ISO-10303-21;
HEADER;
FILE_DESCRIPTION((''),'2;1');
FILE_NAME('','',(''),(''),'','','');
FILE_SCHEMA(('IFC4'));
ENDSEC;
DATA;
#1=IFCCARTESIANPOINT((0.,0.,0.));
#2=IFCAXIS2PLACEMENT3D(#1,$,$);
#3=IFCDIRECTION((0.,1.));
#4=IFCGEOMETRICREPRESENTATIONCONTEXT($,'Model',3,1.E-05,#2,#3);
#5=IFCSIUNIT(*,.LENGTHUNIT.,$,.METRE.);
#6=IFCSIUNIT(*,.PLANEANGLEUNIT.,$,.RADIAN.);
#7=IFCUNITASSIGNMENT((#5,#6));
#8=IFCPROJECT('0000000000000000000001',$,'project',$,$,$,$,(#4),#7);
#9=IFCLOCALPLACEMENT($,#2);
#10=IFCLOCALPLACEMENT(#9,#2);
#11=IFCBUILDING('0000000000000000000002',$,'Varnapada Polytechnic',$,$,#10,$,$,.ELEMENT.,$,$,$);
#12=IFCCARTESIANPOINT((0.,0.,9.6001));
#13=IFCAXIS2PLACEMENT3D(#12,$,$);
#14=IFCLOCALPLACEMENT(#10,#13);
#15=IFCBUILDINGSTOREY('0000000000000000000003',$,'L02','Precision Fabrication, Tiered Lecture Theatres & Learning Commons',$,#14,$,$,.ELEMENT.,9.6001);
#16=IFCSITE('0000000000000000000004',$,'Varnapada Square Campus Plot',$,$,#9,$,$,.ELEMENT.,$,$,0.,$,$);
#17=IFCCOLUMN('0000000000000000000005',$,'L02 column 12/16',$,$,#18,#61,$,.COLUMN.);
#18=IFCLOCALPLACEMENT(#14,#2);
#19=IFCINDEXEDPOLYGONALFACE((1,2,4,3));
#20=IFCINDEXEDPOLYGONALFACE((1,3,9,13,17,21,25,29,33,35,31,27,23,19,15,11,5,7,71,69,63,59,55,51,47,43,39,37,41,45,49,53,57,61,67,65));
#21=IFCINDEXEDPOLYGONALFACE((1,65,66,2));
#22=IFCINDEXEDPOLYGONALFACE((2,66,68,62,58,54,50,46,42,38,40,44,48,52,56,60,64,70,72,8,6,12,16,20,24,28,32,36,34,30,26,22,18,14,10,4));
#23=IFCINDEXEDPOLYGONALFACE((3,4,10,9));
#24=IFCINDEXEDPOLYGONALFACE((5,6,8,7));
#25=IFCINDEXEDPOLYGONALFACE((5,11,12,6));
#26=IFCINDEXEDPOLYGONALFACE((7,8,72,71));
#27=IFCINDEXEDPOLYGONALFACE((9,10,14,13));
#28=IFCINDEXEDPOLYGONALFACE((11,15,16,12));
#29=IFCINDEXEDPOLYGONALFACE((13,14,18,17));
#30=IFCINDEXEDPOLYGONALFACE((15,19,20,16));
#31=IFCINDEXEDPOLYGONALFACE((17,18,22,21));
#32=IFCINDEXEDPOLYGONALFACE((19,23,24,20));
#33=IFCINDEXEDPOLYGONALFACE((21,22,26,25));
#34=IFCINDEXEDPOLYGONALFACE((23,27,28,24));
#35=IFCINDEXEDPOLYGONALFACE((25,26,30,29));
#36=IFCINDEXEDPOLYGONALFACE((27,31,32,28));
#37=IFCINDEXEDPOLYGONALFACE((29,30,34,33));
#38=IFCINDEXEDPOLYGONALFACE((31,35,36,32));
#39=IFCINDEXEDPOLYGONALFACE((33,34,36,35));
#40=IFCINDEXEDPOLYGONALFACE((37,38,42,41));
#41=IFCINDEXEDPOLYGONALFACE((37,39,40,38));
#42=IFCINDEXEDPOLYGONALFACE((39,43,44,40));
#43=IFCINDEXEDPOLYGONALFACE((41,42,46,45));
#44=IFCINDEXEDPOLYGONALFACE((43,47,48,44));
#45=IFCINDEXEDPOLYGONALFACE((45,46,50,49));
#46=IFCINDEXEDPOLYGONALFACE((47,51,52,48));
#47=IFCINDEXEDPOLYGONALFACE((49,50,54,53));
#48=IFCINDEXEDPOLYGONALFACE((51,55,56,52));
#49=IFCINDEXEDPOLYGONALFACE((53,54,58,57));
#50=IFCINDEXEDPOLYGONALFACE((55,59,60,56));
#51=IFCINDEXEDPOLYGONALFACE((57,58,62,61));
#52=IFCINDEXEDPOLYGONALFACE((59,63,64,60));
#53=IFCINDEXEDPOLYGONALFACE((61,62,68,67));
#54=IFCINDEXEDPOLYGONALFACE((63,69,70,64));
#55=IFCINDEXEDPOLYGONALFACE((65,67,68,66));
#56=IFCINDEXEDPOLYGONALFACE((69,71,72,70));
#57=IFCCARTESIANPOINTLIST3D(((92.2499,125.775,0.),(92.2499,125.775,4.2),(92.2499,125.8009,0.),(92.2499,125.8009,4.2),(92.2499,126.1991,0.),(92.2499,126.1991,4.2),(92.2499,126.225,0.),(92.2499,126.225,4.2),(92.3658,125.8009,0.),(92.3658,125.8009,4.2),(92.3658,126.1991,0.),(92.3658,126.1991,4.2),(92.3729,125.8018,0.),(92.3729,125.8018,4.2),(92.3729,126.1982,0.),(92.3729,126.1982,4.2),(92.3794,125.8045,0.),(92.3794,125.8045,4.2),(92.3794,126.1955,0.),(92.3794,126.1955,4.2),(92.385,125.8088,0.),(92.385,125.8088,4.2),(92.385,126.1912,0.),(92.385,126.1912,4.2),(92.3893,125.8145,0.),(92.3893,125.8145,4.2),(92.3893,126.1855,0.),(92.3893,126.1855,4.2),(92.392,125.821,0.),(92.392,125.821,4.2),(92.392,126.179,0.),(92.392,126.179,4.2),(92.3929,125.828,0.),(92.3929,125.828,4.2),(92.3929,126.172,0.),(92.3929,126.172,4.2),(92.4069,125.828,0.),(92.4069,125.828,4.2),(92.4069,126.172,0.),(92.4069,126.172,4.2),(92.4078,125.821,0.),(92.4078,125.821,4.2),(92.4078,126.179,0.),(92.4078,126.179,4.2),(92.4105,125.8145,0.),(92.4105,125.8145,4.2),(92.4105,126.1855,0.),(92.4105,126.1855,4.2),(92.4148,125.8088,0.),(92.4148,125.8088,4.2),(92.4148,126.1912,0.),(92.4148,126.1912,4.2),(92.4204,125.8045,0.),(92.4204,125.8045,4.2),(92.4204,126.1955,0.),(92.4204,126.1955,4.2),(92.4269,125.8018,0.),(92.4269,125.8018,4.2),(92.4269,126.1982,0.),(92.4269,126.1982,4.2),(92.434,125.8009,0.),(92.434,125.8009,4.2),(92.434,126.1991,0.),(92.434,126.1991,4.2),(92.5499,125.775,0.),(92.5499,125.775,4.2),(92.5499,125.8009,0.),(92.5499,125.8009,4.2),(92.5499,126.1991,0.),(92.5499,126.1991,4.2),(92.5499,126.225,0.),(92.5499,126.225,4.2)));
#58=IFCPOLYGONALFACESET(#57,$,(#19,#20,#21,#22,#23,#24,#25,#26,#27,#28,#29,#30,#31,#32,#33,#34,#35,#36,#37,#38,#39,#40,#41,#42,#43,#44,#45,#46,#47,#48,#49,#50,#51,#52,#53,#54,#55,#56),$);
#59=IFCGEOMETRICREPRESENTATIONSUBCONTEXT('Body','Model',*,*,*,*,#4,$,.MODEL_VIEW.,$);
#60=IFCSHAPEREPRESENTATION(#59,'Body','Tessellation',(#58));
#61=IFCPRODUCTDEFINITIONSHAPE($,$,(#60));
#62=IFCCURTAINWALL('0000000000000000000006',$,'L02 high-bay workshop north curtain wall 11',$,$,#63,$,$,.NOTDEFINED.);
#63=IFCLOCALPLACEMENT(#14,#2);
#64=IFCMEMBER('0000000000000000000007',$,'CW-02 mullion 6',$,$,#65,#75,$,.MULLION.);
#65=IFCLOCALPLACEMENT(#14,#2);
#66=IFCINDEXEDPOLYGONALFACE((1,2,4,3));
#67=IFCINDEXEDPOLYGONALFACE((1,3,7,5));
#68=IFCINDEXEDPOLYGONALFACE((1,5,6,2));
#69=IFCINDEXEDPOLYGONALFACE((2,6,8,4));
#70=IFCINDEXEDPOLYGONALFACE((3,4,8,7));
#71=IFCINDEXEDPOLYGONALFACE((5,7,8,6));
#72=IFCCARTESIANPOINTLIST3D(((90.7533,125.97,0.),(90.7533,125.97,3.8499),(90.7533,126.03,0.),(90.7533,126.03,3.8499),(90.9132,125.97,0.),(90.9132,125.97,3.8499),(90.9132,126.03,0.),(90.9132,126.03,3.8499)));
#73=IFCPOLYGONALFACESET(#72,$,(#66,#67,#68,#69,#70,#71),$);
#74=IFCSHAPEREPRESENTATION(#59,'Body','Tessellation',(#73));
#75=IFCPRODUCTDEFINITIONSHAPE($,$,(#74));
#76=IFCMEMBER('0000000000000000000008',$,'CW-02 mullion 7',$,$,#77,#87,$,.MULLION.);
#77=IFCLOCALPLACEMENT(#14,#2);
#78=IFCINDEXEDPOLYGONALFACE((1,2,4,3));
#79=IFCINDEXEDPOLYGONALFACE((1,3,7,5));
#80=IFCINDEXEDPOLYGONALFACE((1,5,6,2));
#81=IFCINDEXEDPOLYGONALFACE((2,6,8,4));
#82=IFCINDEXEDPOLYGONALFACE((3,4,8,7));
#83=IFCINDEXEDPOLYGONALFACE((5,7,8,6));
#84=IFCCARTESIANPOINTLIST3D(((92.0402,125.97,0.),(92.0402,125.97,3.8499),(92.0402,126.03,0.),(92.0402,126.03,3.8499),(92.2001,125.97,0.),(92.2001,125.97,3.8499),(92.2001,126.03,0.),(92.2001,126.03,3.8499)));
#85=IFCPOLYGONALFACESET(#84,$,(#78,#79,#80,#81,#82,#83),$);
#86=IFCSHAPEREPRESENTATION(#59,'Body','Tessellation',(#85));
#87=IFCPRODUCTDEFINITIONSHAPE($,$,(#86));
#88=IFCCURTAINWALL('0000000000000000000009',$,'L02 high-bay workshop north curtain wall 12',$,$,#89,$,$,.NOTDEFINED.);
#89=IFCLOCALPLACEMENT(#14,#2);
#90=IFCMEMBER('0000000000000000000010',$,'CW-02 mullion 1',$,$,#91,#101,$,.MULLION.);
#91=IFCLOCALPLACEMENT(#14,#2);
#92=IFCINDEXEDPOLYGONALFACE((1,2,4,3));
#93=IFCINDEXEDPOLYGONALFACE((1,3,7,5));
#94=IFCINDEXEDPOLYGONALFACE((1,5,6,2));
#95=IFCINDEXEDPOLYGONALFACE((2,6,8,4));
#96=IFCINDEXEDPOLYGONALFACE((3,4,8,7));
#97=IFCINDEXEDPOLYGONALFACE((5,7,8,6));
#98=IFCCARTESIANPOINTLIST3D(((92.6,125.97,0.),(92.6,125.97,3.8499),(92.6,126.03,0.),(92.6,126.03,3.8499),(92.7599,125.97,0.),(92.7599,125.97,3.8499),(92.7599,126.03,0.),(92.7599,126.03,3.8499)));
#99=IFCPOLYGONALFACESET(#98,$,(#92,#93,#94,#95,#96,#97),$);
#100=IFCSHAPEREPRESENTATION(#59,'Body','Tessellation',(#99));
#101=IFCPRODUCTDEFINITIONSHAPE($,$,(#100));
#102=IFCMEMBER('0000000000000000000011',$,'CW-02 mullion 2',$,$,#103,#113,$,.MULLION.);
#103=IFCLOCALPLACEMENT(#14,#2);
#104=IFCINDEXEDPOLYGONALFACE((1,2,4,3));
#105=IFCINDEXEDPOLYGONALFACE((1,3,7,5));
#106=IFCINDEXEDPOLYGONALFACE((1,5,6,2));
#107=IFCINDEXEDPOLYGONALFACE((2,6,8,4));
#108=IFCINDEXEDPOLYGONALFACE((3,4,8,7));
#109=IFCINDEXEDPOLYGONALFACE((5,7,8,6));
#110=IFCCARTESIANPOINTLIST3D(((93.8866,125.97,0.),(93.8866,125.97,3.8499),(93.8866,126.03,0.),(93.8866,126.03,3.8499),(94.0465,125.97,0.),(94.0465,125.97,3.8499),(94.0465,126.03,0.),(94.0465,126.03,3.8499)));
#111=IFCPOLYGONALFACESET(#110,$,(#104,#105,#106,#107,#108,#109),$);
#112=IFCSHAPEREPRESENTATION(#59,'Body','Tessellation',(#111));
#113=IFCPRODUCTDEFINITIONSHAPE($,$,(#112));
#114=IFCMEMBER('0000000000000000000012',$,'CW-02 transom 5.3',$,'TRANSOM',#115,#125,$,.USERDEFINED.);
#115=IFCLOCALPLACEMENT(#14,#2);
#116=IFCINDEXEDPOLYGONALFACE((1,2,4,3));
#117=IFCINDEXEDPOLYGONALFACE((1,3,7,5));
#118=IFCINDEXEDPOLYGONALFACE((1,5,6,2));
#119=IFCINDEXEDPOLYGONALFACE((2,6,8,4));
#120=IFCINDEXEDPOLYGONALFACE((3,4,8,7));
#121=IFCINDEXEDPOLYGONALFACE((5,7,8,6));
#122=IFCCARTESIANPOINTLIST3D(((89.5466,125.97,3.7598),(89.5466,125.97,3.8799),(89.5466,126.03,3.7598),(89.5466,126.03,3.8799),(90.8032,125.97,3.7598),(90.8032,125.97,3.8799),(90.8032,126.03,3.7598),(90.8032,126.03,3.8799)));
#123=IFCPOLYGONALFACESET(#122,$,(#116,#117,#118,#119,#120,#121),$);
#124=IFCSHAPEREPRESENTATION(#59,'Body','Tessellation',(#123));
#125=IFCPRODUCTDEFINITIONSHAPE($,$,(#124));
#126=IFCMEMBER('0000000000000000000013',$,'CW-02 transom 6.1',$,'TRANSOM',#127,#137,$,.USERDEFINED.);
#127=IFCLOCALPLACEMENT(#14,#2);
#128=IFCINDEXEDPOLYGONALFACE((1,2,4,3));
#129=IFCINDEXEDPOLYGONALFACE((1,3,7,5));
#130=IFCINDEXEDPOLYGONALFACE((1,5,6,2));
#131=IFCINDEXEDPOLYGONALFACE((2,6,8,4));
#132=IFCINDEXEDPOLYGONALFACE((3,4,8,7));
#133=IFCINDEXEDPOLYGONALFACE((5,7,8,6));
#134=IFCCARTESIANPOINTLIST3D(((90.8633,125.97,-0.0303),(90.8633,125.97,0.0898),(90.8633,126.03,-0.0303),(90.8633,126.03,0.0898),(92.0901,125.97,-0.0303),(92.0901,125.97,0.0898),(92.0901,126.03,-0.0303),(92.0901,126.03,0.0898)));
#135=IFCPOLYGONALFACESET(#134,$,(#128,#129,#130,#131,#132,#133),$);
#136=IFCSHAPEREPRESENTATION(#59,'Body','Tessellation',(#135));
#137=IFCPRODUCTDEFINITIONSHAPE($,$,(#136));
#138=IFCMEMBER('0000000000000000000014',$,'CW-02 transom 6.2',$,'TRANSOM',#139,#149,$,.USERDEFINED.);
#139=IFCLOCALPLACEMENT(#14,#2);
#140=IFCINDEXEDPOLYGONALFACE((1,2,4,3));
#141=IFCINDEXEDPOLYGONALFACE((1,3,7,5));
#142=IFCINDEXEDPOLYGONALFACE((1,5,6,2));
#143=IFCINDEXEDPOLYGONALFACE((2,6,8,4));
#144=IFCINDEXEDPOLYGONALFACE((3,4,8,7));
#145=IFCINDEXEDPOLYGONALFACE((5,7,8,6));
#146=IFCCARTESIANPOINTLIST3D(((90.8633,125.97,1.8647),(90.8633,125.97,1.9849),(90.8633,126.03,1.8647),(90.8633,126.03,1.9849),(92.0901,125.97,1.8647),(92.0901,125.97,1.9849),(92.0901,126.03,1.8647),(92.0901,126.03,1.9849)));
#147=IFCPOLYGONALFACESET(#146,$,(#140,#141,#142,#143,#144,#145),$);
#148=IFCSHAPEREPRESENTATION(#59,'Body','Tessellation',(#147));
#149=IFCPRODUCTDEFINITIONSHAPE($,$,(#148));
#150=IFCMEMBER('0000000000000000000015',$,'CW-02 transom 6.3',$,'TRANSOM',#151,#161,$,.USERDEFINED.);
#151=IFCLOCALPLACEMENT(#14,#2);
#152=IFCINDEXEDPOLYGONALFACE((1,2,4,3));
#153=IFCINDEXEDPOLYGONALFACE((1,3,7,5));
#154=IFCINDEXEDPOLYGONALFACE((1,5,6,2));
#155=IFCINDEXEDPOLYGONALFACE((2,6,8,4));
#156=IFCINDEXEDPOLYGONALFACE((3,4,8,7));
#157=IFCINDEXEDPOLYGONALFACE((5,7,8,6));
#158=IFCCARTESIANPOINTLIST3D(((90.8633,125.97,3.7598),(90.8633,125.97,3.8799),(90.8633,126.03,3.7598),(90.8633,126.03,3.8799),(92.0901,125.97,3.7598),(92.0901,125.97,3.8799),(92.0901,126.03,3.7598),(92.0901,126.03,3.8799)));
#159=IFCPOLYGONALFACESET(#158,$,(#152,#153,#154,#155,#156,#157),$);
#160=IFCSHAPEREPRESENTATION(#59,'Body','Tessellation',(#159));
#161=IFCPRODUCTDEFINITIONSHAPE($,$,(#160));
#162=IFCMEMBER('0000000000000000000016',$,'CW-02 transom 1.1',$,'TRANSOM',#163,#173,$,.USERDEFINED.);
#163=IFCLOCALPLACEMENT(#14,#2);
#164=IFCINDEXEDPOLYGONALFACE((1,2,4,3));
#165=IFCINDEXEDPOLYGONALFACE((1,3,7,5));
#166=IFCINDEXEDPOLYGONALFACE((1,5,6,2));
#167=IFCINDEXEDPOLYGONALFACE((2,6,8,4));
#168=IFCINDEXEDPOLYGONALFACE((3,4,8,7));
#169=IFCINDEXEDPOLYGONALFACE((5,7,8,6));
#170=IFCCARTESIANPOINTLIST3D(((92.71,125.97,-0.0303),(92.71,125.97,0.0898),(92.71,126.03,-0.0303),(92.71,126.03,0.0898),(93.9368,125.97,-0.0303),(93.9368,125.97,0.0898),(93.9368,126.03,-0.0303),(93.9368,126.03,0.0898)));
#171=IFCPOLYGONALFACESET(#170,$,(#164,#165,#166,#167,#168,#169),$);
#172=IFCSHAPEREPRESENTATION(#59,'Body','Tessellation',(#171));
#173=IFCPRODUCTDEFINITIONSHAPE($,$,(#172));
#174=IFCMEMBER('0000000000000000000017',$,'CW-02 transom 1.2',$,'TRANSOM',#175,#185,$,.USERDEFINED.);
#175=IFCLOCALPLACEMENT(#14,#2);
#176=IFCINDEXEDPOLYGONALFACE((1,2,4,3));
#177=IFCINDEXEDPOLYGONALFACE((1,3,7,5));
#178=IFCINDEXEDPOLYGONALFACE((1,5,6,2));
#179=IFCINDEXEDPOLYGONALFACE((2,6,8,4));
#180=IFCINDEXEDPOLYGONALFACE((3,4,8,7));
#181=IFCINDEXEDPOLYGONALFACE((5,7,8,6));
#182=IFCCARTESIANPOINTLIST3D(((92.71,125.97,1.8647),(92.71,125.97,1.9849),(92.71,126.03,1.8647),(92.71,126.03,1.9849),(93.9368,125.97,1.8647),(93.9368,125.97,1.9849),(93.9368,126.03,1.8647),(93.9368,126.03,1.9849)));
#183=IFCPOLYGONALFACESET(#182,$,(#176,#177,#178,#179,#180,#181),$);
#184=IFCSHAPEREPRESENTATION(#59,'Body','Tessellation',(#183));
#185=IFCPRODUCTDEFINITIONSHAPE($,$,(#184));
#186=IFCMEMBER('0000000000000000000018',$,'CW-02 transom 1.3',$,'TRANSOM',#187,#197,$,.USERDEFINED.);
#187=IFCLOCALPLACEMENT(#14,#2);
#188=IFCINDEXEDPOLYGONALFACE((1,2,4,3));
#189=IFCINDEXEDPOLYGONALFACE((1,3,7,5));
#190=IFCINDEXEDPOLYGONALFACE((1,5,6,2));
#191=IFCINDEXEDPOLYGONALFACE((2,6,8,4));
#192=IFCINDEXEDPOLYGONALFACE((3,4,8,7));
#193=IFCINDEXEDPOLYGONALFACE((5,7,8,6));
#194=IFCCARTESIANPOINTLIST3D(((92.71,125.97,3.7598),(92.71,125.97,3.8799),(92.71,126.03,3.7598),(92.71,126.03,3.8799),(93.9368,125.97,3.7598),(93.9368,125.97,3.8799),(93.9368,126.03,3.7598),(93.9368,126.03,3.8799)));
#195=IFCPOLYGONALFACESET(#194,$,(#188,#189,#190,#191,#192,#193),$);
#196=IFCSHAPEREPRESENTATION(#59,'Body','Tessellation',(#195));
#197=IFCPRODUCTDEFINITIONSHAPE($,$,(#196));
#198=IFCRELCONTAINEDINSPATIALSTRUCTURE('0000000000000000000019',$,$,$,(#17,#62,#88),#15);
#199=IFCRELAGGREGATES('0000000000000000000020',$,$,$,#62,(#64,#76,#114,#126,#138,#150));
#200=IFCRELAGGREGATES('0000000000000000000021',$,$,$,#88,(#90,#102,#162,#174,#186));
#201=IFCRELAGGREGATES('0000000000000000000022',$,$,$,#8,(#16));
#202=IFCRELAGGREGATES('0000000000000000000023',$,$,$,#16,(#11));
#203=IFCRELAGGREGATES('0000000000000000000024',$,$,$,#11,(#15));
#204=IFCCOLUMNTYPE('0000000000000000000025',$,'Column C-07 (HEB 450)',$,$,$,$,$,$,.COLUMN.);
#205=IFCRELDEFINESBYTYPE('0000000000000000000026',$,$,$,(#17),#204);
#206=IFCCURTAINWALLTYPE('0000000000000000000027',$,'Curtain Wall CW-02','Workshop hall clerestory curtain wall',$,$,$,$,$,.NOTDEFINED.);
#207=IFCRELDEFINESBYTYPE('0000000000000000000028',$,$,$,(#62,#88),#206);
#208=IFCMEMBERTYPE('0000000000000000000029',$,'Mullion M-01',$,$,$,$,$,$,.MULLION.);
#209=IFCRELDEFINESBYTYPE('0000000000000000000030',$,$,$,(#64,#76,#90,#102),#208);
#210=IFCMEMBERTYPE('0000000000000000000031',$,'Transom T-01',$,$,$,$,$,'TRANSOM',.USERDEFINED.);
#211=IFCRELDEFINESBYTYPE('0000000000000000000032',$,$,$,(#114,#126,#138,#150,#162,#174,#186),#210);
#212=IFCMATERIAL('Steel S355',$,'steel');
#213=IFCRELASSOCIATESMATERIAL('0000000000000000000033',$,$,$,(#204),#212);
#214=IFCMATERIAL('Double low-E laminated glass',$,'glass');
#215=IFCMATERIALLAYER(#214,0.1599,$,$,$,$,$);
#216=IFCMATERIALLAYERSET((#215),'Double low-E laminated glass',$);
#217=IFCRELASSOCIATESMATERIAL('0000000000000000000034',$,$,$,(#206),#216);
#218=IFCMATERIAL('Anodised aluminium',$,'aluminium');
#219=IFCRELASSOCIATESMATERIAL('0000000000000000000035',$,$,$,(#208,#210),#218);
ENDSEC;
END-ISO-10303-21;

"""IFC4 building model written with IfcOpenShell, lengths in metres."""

from ifc_helpers import new_model, si_unit, direction, frame, origin, origin_2d, place, context, subcontext, project, spatial, rectangle, i_section, extrude, material, layer, layer_set, material_profile, profile_set, type_object, element, aggregate, save


model = new_model("IFC4")

# Units and contexts
model_context = context("Model", 3, precision=1e-05, world=origin(), true_north=direction((0.0, 1.0)))
body_context = subcontext(model_context, "Body", "Model", "MODEL_VIEW")
ifc_project = project(units=[si_unit("LENGTHUNIT", "METRE"), si_unit("PLANEANGLEUNIT", "RADIAN")], contexts=[model_context])

# Site, building, storey
site_placement = place(None, origin())
site = spatial("IfcSite", under=ifc_project, at=site_placement, Name="Varnapada Square Campus Plot", CompositionType="ELEMENT", RefElevation=0.0)
building_placement = place(site_placement, origin())
building = spatial("IfcBuilding", under=site, at=building_placement, Name="Varnapada Polytechnic", CompositionType="ELEMENT")
storey_placement = place(building_placement, frame((0.0, 0.0, 9.6001)))
storey = spatial("IfcBuildingStorey", under=building, at=storey_placement, Name="L02", Description="Precision Fabrication, Tiered Lecture Theatres & Learning Commons", CompositionType="ELEMENT", Elevation=9.6001)

# Column
ifc_material_1 = material(Name="Steel S355", Category="steel")
ifc_material_profile_1 = material_profile(ifc_material_1, i_section(OverallWidth=0.3, OverallDepth=0.45, WebThickness=0.0139, FlangeThickness=0.0259, FilletRadius=0.0271, at=origin_2d()), Name="HEB 450")
ifc_profile_set_1 = profile_set([ifc_material_profile_1], Name="Steel S355")
column_type = type_object("IfcColumnType", Name="Column C-07 (HEB 450)", PredefinedType="COLUMN", material=ifc_profile_set_1)
column_placement = place(storey_placement, frame((92.3999, 126.0, 0.0), z_axis=(0.0, 0.0, 1.0), x_axis=(1.0, 0.0, 0.0)))
element("IfcColumn", 1, at=column_placement, inside=storey, type_object=column_type, Name="L02 column 12/16", PredefinedType="COLUMN", context=body_context, shape_type="SweptSolid", body=[
    extrude(i_section(OverallWidth=0.3, OverallDepth=0.45, WebThickness=0.0139, FlangeThickness=0.0259, FilletRadius=0.0271, at=origin_2d()), origin(), (0.0, 0.0, 1.0), 4.2),
])

# Curtain walls, members
ifc_material_2 = material(Name="Double low-E laminated glass", Category="glass")
ifc_layer_1 = layer(ifc_material_2, 0.1599)
ifc_layer_set_1 = layer_set([ifc_layer_1], Name="Double low-E laminated glass")
curtain_wall_type = type_object("IfcCurtainWallType", Name="Curtain Wall CW-02", Description="Workshop hall clerestory curtain wall", PredefinedType="NOTDEFINED", material=ifc_layer_set_1)
curtain_wall_1_placement = place(storey_placement, origin())
curtain_wall_1 = element("IfcCurtainWall", 2, at=curtain_wall_1_placement, inside=storey, type_object=curtain_wall_type, Name="L02 high-bay workshop north curtain wall 11", PredefinedType="NOTDEFINED")
ifc_material_3 = material(Name="Anodised aluminium", Category="aluminium")
ifc_material_profile_2 = material_profile(ifc_material_3, rectangle(XDim=0.0601, YDim=0.1599, at=origin_2d()), Name="ALU M60x160")
ifc_profile_set_2 = profile_set([ifc_material_profile_2], Name="Anodised aluminium")
member_type_1 = type_object("IfcMemberType", Name="Mullion M-01", PredefinedType="MULLION", material=ifc_profile_set_2)
member_1_placement = place(storey_placement, frame((90.8333, 126.0, 0.0), z_axis=(0.0, 0.0, 1.0), x_axis=(0.0, 1.0, 0.0)))
member_1 = element("IfcMember", 3, at=member_1_placement, type_object=member_type_1, Name="CW-02 mullion 6", PredefinedType="MULLION", context=body_context, shape_type="SweptSolid", body=[
    extrude(rectangle(XDim=0.0601, YDim=0.1599, at=origin_2d()), origin(), (0.0, 0.0, 1.0), 3.8499),
])
member_2_placement = place(storey_placement, frame((92.1201, 126.0, 0.0), z_axis=(0.0, 0.0, 1.0), x_axis=(0.0, 1.0, 0.0)))
member_2 = element("IfcMember", 4, at=member_2_placement, type_object=member_type_1, Name="CW-02 mullion 7", PredefinedType="MULLION", context=body_context, shape_type="SweptSolid", body=[
    extrude(rectangle(XDim=0.0601, YDim=0.1599, at=origin_2d()), origin(), (0.0, 0.0, 1.0), 3.8499),
])
curtain_wall_2_placement = place(storey_placement, origin())
curtain_wall_2 = element("IfcCurtainWall", 5, at=curtain_wall_2_placement, inside=storey, type_object=curtain_wall_type, Name="L02 high-bay workshop north curtain wall 12", PredefinedType="NOTDEFINED")
member_3_placement = place(storey_placement, frame((92.6799, 126.0, 0.0), z_axis=(0.0, 0.0, 1.0), x_axis=(0.0, 1.0, 0.0)))
member_3 = element("IfcMember", 6, at=member_3_placement, type_object=member_type_1, Name="CW-02 mullion 1", PredefinedType="MULLION", context=body_context, shape_type="SweptSolid", body=[
    extrude(rectangle(XDim=0.0601, YDim=0.1599, at=origin_2d()), origin(), (0.0, 0.0, 1.0), 3.8499),
])
member_4_placement = place(storey_placement, frame((93.9666, 126.0, 0.0), z_axis=(0.0, 0.0, 1.0), x_axis=(0.0, 1.0, 0.0)))
member_4 = element("IfcMember", 7, at=member_4_placement, type_object=member_type_1, Name="CW-02 mullion 2", PredefinedType="MULLION", context=body_context, shape_type="SweptSolid", body=[
    extrude(rectangle(XDim=0.0601, YDim=0.1599, at=origin_2d()), origin(), (0.0, 0.0, 1.0), 3.8499),
])

# Members
ifc_material_profile_3 = material_profile(ifc_material_3, rectangle(XDim=0.0601, YDim=0.1201, at=origin_2d()), Name="ALU T60x120")
ifc_profile_set_3 = profile_set([ifc_material_profile_3], Name="Anodised aluminium")
member_type_2 = type_object("IfcMemberType", Name="Transom T-01", ElementType="TRANSOM", PredefinedType="USERDEFINED", material=ifc_profile_set_3)
member_5_placement = place(storey_placement, frame((89.5466, 126.0, 3.8198), z_axis=(1.0, 0.0, 0.0), x_axis=(0.0, 1.0, 0.0)))
member_5 = element("IfcMember", 8, at=member_5_placement, type_object=member_type_2, Name="CW-02 transom 5.3", ObjectType="TRANSOM", PredefinedType="USERDEFINED", context=body_context, shape_type="SweptSolid", body=[
    extrude(rectangle(XDim=0.0601, YDim=0.1201, at=origin_2d()), origin(), (0.0, 0.0, 1.0), 1.2566),
])
member_6_placement = place(storey_placement, frame((90.8633, 126.0, 0.0298), z_axis=(1.0, 0.0, 0.0), x_axis=(0.0, 1.0, 0.0)))
member_6 = element("IfcMember", 9, at=member_6_placement, type_object=member_type_2, Name="CW-02 transom 6.1", ObjectType="TRANSOM", PredefinedType="USERDEFINED", context=body_context, shape_type="SweptSolid", body=[
    extrude(rectangle(XDim=0.0601, YDim=0.1201, at=origin_2d()), origin(), (0.0, 0.0, 1.0), 1.2268),
])
member_7_placement = place(storey_placement, frame((90.8633, 126.0, 1.9248), z_axis=(1.0, 0.0, 0.0), x_axis=(0.0, 1.0, 0.0)))
member_7 = element("IfcMember", 10, at=member_7_placement, type_object=member_type_2, Name="CW-02 transom 6.2", ObjectType="TRANSOM", PredefinedType="USERDEFINED", context=body_context, shape_type="SweptSolid", body=[
    extrude(rectangle(XDim=0.0601, YDim=0.1201, at=origin_2d()), origin(), (0.0, 0.0, 1.0), 1.2268),
])
member_8_placement = place(storey_placement, frame((90.8633, 126.0, 3.8198), z_axis=(1.0, 0.0, 0.0), x_axis=(0.0, 1.0, 0.0)))
member_8 = element("IfcMember", 11, at=member_8_placement, type_object=member_type_2, Name="CW-02 transom 6.3", ObjectType="TRANSOM", PredefinedType="USERDEFINED", context=body_context, shape_type="SweptSolid", body=[
    extrude(rectangle(XDim=0.0601, YDim=0.1201, at=origin_2d()), origin(), (0.0, 0.0, 1.0), 1.2268),
])
member_9_placement = place(storey_placement, frame((92.71, 126.0, 0.0298), z_axis=(1.0, 0.0, 0.0), x_axis=(0.0, 1.0, 0.0)))
member_9 = element("IfcMember", 12, at=member_9_placement, type_object=member_type_2, Name="CW-02 transom 1.1", ObjectType="TRANSOM", PredefinedType="USERDEFINED", context=body_context, shape_type="SweptSolid", body=[
    extrude(rectangle(XDim=0.0601, YDim=0.1201, at=origin_2d()), origin(), (0.0, 0.0, 1.0), 1.2268),
])
member_10_placement = place(storey_placement, frame((92.71, 126.0, 1.9248), z_axis=(1.0, 0.0, 0.0), x_axis=(0.0, 1.0, 0.0)))
member_10 = element("IfcMember", 13, at=member_10_placement, type_object=member_type_2, Name="CW-02 transom 1.2", ObjectType="TRANSOM", PredefinedType="USERDEFINED", context=body_context, shape_type="SweptSolid", body=[
    extrude(rectangle(XDim=0.0601, YDim=0.1201, at=origin_2d()), origin(), (0.0, 0.0, 1.0), 1.2268),
])
member_11_placement = place(storey_placement, frame((92.71, 126.0, 3.8198), z_axis=(1.0, 0.0, 0.0), x_axis=(0.0, 1.0, 0.0)))
member_11 = element("IfcMember", 14, at=member_11_placement, type_object=member_type_2, Name="CW-02 transom 1.3", ObjectType="TRANSOM", PredefinedType="USERDEFINED", context=body_context, shape_type="SweptSolid", body=[
    extrude(rectangle(XDim=0.0601, YDim=0.1201, at=origin_2d()), origin(), (0.0, 0.0, 1.0), 1.2268),
])

aggregate(curtain_wall_1, [member_1, member_2, member_5, member_6, member_7, member_8])
aggregate(curtain_wall_2, [member_3, member_4, member_9, member_10, member_11])

save(model, "model.ifc")
